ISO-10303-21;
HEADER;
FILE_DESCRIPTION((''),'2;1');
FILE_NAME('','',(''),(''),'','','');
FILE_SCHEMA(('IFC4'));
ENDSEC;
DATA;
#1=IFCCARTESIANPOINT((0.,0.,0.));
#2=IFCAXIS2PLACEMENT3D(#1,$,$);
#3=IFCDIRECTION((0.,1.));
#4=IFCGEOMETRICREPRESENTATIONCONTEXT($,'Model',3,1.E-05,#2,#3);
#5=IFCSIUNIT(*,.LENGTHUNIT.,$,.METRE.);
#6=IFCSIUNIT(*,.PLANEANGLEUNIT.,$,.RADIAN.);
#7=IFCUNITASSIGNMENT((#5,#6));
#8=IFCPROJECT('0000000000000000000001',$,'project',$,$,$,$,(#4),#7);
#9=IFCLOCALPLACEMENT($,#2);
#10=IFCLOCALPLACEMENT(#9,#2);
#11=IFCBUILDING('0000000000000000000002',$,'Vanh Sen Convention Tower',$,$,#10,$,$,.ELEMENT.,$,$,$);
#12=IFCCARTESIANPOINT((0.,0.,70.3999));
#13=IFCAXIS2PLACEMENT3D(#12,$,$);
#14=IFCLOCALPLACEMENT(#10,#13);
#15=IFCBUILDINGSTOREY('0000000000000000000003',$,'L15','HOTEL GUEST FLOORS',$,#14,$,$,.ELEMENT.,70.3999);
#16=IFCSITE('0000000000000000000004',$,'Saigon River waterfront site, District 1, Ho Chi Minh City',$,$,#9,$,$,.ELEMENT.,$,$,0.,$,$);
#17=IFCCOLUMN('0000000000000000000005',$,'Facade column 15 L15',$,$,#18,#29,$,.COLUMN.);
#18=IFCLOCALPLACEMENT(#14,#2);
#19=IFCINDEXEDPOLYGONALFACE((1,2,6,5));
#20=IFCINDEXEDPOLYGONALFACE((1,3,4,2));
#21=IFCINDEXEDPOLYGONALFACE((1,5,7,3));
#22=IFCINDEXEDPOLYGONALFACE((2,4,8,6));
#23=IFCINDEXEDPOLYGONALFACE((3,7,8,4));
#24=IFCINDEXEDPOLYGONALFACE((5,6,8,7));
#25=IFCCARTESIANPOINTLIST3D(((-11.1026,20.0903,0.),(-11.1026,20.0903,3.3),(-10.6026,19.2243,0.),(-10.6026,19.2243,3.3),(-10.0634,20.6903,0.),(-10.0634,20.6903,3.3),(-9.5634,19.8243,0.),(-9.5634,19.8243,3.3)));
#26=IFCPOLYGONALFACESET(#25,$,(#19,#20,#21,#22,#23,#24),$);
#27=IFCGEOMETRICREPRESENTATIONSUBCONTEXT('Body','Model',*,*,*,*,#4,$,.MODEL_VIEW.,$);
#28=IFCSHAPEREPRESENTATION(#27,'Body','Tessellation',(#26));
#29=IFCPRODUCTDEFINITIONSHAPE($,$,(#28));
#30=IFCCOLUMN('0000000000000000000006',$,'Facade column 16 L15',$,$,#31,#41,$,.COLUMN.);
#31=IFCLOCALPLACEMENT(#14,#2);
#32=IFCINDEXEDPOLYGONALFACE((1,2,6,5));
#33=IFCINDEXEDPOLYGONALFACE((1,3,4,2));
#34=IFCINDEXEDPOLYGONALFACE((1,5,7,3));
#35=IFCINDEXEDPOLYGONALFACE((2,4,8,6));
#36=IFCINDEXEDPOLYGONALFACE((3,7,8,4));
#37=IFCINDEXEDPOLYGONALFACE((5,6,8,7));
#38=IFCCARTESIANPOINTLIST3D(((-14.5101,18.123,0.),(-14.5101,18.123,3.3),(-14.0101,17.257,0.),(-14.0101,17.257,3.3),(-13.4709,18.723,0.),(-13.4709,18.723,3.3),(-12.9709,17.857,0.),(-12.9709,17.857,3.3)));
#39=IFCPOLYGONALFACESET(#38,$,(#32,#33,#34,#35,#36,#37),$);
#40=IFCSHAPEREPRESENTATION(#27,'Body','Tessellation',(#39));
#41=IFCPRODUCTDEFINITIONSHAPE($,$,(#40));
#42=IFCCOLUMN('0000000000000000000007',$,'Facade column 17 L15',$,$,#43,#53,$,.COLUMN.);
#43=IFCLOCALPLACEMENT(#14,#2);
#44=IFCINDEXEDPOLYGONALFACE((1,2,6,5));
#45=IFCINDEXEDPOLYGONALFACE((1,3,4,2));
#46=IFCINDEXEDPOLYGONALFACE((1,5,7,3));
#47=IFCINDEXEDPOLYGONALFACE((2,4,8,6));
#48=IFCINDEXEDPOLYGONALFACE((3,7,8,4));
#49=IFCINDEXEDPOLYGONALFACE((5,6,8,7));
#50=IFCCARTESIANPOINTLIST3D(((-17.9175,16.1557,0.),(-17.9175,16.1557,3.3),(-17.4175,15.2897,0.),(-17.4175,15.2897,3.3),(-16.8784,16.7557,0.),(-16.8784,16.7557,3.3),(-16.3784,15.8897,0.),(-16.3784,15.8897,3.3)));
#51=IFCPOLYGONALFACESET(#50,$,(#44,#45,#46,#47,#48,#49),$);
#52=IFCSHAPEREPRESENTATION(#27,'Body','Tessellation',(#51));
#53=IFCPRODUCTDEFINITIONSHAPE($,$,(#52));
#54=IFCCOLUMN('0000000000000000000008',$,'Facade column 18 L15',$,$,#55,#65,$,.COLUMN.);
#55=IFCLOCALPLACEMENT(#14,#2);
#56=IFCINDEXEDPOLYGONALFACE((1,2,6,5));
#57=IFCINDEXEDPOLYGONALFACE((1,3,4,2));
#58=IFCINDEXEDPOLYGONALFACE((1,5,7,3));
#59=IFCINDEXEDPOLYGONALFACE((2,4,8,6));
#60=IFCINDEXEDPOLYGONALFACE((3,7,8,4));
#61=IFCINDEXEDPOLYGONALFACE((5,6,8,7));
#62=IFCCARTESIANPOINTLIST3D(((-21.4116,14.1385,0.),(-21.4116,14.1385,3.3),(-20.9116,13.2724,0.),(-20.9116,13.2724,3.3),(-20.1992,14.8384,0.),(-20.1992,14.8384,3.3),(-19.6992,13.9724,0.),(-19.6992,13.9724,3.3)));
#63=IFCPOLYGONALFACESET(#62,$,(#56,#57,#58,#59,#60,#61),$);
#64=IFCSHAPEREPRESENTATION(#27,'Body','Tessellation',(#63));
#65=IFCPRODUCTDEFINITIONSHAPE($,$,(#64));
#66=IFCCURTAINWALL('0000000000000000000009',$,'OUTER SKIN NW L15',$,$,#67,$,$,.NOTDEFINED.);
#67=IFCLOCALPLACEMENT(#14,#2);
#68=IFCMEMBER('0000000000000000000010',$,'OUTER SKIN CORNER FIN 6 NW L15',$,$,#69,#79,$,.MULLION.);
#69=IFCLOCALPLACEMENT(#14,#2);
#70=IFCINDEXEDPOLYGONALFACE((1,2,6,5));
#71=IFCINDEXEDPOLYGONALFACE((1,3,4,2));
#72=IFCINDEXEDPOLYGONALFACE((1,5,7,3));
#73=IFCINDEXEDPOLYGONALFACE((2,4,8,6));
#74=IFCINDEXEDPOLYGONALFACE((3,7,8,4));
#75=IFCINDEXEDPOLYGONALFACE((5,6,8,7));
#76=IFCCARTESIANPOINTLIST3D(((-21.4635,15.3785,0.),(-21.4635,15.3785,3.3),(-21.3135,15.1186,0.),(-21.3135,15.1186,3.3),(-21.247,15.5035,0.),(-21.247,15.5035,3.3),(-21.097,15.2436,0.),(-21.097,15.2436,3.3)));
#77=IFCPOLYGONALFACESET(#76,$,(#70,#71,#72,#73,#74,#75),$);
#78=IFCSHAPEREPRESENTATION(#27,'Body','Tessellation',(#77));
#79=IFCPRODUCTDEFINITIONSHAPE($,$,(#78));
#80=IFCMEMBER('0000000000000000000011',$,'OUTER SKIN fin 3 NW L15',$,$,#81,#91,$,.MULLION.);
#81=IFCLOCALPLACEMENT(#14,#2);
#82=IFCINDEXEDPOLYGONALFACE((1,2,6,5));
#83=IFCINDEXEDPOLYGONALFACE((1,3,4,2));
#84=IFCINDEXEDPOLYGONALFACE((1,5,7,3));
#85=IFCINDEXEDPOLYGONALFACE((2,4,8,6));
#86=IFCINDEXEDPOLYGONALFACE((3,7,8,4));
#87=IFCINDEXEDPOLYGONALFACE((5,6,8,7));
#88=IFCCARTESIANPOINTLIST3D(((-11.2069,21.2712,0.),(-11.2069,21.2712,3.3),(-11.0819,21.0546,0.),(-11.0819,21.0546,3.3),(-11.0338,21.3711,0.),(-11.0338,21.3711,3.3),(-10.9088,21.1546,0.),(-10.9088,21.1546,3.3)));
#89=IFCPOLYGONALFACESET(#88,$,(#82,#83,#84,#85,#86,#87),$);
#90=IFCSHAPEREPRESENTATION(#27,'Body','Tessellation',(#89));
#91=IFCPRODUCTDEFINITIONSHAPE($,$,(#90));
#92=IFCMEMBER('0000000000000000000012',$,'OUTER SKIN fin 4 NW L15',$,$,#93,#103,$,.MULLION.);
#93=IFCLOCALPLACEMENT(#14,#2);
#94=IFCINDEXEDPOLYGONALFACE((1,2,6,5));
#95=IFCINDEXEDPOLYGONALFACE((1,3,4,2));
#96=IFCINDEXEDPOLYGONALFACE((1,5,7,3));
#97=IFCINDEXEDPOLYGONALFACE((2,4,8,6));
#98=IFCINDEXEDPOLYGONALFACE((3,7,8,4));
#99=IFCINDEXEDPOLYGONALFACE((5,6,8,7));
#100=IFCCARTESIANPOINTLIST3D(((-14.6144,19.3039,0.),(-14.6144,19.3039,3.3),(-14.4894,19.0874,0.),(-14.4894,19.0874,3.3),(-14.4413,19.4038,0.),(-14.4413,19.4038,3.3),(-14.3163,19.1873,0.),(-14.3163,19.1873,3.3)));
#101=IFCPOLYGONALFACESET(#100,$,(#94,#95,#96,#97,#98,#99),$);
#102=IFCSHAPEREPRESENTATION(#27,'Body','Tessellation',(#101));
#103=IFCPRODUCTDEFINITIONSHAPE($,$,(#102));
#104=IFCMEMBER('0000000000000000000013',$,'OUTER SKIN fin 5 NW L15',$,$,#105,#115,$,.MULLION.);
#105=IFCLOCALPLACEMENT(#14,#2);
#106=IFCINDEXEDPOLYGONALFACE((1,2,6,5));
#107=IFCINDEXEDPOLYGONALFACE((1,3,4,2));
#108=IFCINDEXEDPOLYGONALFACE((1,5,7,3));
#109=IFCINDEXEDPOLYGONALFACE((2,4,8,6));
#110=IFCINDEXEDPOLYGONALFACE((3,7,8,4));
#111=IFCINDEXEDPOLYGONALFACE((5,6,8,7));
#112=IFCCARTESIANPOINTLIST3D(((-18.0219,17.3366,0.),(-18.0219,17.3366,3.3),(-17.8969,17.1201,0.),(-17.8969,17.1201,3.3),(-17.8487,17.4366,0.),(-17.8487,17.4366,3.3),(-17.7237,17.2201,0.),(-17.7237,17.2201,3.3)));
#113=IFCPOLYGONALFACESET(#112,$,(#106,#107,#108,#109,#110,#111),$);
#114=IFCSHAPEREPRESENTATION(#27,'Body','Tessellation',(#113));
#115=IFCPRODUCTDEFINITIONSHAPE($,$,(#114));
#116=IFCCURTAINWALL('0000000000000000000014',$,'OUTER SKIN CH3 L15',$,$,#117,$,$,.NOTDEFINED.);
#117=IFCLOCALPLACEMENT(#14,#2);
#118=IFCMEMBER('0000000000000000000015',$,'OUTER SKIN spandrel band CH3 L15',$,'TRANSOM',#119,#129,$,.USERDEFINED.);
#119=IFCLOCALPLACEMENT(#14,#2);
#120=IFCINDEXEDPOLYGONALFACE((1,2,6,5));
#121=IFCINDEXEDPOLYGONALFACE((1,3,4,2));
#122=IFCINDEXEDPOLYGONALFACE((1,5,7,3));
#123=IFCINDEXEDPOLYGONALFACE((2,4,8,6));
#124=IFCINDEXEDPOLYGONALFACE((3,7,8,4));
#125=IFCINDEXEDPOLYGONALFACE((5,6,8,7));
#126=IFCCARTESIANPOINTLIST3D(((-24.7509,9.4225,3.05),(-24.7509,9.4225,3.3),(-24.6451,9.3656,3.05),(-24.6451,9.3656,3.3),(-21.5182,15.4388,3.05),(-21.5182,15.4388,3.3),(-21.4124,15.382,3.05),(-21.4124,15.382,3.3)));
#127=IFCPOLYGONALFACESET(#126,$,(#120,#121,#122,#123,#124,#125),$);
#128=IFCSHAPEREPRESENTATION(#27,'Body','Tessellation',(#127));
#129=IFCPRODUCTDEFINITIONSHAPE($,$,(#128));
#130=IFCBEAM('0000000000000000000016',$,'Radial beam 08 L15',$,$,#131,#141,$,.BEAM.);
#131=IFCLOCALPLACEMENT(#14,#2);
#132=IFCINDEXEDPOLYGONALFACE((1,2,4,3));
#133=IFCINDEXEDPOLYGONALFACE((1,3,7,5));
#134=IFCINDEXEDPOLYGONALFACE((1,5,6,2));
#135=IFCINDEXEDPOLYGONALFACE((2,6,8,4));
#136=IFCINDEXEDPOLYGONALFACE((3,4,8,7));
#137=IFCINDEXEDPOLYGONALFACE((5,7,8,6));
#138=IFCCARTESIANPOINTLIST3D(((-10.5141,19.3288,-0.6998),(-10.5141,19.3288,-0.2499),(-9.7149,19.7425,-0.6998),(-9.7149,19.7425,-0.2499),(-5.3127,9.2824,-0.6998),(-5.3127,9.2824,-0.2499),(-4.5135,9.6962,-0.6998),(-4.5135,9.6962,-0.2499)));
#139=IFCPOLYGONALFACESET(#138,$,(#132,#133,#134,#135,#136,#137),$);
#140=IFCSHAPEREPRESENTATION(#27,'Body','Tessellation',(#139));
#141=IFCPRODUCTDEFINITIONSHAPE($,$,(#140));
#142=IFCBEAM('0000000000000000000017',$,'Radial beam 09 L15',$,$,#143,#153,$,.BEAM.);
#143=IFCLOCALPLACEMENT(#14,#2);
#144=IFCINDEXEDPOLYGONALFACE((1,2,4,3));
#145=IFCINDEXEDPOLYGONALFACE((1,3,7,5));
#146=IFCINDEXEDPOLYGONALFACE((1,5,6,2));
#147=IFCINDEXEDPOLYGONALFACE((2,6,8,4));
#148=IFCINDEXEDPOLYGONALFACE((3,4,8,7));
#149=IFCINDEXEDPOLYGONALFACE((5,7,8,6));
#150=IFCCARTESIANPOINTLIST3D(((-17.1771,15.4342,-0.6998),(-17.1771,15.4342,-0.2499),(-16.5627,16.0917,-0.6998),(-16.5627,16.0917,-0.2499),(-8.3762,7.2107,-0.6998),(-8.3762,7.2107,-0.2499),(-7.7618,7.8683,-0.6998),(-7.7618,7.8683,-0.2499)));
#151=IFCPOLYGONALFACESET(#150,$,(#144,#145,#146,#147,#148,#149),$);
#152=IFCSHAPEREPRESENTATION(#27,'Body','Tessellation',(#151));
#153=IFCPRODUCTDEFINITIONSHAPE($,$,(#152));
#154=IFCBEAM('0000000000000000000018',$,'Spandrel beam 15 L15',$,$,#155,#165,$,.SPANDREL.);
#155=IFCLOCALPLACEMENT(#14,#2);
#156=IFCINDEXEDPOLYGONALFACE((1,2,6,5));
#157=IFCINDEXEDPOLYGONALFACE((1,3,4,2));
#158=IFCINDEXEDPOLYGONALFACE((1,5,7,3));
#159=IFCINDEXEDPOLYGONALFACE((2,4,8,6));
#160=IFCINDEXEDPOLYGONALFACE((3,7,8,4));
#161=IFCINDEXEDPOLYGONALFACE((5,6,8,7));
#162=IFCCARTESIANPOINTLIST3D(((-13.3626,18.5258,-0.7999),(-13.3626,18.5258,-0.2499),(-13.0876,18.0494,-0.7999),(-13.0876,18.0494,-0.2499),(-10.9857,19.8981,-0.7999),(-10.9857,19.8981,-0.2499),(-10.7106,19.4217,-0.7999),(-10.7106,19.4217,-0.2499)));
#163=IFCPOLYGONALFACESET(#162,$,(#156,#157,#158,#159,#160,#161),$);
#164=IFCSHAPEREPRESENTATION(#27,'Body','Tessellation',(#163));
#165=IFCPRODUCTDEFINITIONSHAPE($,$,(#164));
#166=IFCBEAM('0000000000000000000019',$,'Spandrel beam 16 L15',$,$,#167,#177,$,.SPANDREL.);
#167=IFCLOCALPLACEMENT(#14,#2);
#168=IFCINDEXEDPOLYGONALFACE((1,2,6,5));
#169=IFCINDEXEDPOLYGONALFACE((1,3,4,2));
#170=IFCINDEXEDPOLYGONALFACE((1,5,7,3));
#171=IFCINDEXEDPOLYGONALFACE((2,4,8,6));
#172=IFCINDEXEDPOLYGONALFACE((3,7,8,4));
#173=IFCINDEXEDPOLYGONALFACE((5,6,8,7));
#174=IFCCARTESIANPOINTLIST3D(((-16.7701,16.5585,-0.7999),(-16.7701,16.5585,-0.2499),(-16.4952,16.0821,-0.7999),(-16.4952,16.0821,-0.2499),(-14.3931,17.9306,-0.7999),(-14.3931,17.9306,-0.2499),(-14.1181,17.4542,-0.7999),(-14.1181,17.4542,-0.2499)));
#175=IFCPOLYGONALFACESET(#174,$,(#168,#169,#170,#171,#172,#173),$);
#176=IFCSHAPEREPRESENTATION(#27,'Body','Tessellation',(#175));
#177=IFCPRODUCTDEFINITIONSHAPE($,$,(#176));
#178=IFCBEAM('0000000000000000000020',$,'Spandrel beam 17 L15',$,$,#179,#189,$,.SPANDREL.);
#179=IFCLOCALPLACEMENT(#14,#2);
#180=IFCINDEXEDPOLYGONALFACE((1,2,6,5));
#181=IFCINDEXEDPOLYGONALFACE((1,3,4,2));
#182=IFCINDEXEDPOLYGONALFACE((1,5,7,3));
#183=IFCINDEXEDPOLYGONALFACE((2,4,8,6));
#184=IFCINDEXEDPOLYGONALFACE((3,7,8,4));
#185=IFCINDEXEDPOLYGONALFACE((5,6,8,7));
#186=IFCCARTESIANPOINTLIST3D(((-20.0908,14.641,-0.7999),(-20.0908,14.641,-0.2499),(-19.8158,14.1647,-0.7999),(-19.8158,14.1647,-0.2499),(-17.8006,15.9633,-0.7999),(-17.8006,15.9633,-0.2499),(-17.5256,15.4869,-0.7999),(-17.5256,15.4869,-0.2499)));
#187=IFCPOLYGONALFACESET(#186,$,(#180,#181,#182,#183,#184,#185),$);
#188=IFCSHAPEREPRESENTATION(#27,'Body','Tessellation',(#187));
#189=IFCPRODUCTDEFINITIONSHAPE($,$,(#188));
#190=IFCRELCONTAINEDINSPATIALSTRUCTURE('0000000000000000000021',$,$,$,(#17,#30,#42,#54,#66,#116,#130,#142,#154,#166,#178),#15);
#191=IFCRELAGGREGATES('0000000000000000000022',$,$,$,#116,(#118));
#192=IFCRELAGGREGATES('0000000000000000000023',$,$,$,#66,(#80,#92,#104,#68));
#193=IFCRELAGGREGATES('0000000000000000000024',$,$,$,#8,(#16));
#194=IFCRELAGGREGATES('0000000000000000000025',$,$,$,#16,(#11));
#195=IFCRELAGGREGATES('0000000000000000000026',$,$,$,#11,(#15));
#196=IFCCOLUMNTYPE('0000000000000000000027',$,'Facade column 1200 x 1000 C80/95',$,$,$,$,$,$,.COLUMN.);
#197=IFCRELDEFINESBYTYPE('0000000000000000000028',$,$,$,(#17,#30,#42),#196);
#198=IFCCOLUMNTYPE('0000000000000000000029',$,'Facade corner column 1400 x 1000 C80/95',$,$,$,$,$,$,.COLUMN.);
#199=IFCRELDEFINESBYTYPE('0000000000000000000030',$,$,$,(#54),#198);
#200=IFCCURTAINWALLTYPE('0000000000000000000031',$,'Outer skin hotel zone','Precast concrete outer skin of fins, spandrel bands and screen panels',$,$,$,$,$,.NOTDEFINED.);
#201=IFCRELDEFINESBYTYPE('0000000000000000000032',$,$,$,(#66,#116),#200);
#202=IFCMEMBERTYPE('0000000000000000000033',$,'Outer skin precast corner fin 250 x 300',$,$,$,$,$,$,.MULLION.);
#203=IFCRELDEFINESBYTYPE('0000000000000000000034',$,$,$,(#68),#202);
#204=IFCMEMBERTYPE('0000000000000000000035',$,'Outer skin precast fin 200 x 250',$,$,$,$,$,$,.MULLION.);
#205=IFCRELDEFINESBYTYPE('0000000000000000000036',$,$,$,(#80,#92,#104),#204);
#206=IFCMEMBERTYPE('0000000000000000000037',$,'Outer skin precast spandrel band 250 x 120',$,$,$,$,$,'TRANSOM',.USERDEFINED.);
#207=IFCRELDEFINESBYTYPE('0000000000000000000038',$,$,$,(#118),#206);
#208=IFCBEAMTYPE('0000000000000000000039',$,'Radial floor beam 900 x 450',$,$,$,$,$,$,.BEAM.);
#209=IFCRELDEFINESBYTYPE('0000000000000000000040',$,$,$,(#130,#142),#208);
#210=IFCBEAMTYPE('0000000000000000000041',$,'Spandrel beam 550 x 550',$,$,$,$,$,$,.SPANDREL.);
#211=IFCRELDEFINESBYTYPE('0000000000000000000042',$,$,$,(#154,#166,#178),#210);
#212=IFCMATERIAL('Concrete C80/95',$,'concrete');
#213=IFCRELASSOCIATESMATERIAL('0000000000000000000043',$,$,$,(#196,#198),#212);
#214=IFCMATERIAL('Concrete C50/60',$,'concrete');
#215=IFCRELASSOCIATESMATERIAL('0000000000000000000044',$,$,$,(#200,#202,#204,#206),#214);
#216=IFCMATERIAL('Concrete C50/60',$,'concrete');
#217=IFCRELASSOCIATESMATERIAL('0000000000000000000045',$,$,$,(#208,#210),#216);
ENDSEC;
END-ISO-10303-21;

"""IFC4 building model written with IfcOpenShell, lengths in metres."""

from ifc_helpers import new_model, si_unit, direction, frame, origin, origin_2d, place, context, subcontext, project, spatial, rectangle, extrude, material, material_profile, profile_set, type_object, element, aggregate, save


model = new_model("IFC4")

# Units and contexts
model_context = context("Model", 3, precision=1e-05, world=origin(), true_north=direction((0.0, 1.0)))
body_context = subcontext(model_context, "Body", "Model", "MODEL_VIEW")
ifc_project = project(units=[si_unit("LENGTHUNIT", "METRE"), si_unit("PLANEANGLEUNIT", "RADIAN")], contexts=[model_context])

# Site, building, storey
site_placement = place(None, origin())
site = spatial("IfcSite", under=ifc_project, at=site_placement, Name="Saigon River waterfront site, District 1, Ho Chi Minh City", CompositionType="ELEMENT", RefElevation=0.0)
building_placement = place(site_placement, origin())
building = spatial("IfcBuilding", under=site, at=building_placement, Name="Vanh Sen Convention Tower", CompositionType="ELEMENT")
storey_placement = place(building_placement, frame((0.0, 0.0, 70.3999)))
storey = spatial("IfcBuildingStorey", under=building, at=storey_placement, Name="L15", Description="HOTEL GUEST FLOORS", CompositionType="ELEMENT", Elevation=70.3999)

# Columns
ifc_material_1 = material(Name="Concrete C80/95", Category="concrete")
ifc_material_profile_1 = material_profile(ifc_material_1, rectangle(XDim=1.2, YDim=1.0, at=origin_2d()), Name="RC 1200X1000")
ifc_profile_set_1 = profile_set([ifc_material_profile_1], Name="Concrete C80/95")
column_type_1 = type_object("IfcColumnType", Name="Facade column 1200 x 1000 C80/95", PredefinedType="COLUMN", material=ifc_profile_set_1)
for number, where, z_axis, x_axis, name in (
    (1, (-10.333, 19.9573, 0.0), (0.0, 0.0, 1.0), (-0.866025, -0.5, 0.0), "Facade column 15 L15"),
    (2, (-13.7405, 17.99, 0.0), (0.0, 0.0, 1.0), (-0.866025, -0.5, 0.0), "Facade column 16 L15"),
    (3, (-17.1479, 16.0227, 0.0), (0.0, 0.0, 1.0), (-0.866025, -0.5, 0.0), "Facade column 17 L15"),
):
    element("IfcColumn", number, at=place(storey_placement, frame(where, z_axis=z_axis, x_axis=x_axis)), inside=storey, type_object=column_type_1, Name=name, PredefinedType="COLUMN", context=body_context, shape_type="SweptSolid", body=[
        extrude(rectangle(XDim=1.2, YDim=1.0, at=origin_2d()), origin(), (0.0, 0.0, 1.0), 3.3),
    ])
ifc_material_profile_2 = material_profile(ifc_material_1, rectangle(XDim=1.3999, YDim=1.0, at=origin_2d()), Name="RC 1400X1000")
ifc_profile_set_2 = profile_set([ifc_material_profile_2], Name="Concrete C80/95")
column_type_2 = type_object("IfcColumnType", Name="Facade corner column 1400 x 1000 C80/95", PredefinedType="COLUMN", material=ifc_profile_set_2)
column_placement = place(storey_placement, frame((-20.5554, 14.0554, 0.0), z_axis=(0.0, 0.0, 1.0), x_axis=(-0.866025, -0.5, 0.0)))
element("IfcColumn", 4, at=column_placement, inside=storey, type_object=column_type_2, Name="Facade column 18 L15", PredefinedType="COLUMN", context=body_context, shape_type="SweptSolid", body=[
    extrude(rectangle(XDim=1.3999, YDim=1.0, at=origin_2d()), origin(), (0.0, 0.0, 1.0), 3.3),
])

# Curtain wall, members
ifc_material_2 = material(Name="Concrete C50/60", Category="concrete")
curtain_wall_type = type_object("IfcCurtainWallType", Name="Outer skin hotel zone", Description="Precast concrete outer skin of fins, spandrel bands and screen panels", PredefinedType="NOTDEFINED", material=ifc_material_2)
curtain_wall_1_placement = place(storey_placement, origin())
curtain_wall_1 = element("IfcCurtainWall", 5, at=curtain_wall_1_placement, inside=storey, type_object=curtain_wall_type, Name="OUTER SKIN NW L15", PredefinedType="NOTDEFINED")
ifc_material_profile_3 = material_profile(ifc_material_2, rectangle(XDim=0.25, YDim=0.3, at=origin_2d()), Name="Outer skin precast corner fin 250 x 300")
ifc_profile_set_3 = profile_set([ifc_material_profile_3], Name="Concrete C50/60")
member_type_1 = type_object("IfcMemberType", Name="Outer skin precast corner fin 250 x 300", PredefinedType="MULLION", material=ifc_profile_set_3)
member_1_placement = place(storey_placement, frame((-21.2803, 15.311, 0.0), z_axis=(0.0, 0.0, 1.0), x_axis=(-0.866025, -0.5, 0.0)))
member_1 = element("IfcMember", 6, at=member_1_placement, type_object=member_type_1, Name="OUTER SKIN CORNER FIN 6 NW L15", PredefinedType="MULLION", context=body_context, shape_type="SweptSolid", body=[
    extrude(rectangle(XDim=0.25, YDim=0.3, at=origin_2d()), origin(), (0.0, 0.0, 1.0), 3.3),
])
ifc_material_profile_4 = material_profile(ifc_material_2, rectangle(XDim=0.2, YDim=0.25, at=origin_2d()), Name="Outer skin precast fin 200 x 250")
ifc_profile_set_4 = profile_set([ifc_material_profile_4], Name="Concrete C50/60")
member_type_2 = type_object("IfcMemberType", Name="Outer skin precast fin 200 x 250", PredefinedType="MULLION", material=ifc_profile_set_4)
member_2_placement = place(storey_placement, frame((-11.0579, 21.2129, 0.0), z_axis=(0.0, 0.0, 1.0), x_axis=(-0.866025, -0.5, 0.0)))
member_2 = element("IfcMember", 7, at=member_2_placement, type_object=member_type_2, Name="OUTER SKIN fin 3 NW L15", PredefinedType="MULLION", context=body_context, shape_type="SweptSolid", body=[
    extrude(rectangle(XDim=0.2, YDim=0.25, at=origin_2d()), origin(), (0.0, 0.0, 1.0), 3.3),
])
member_3_placement = place(storey_placement, frame((-14.4653, 19.2456, 0.0), z_axis=(0.0, 0.0, 1.0), x_axis=(-0.866025, -0.5, 0.0)))
member_3 = element("IfcMember", 8, at=member_3_placement, type_object=member_type_2, Name="OUTER SKIN fin 4 NW L15", PredefinedType="MULLION", context=body_context, shape_type="SweptSolid", body=[
    extrude(rectangle(XDim=0.2, YDim=0.25, at=origin_2d()), origin(), (0.0, 0.0, 1.0), 3.3),
])
member_4_placement = place(storey_placement, frame((-17.8728, 17.2783, 0.0), z_axis=(0.0, 0.0, 1.0), x_axis=(-0.866025, -0.5, 0.0)))
member_4 = element("IfcMember", 9, at=member_4_placement, type_object=member_type_2, Name="OUTER SKIN fin 5 NW L15", PredefinedType="MULLION", context=body_context, shape_type="SweptSolid", body=[
    extrude(rectangle(XDim=0.2, YDim=0.25, at=origin_2d()), origin(), (0.0, 0.0, 1.0), 3.3),
])

# Curtain wall, member
curtain_wall_2_placement = place(storey_placement, origin())
curtain_wall_2 = element("IfcCurtainWall", 10, at=curtain_wall_2_placement, inside=storey, type_object=curtain_wall_type, Name="OUTER SKIN CH3 L15", PredefinedType="NOTDEFINED")
ifc_material_profile_5 = material_profile(ifc_material_2, rectangle(XDim=0.1201, YDim=0.25, at=origin_2d()), Name="Outer skin precast spandrel band 250 x 120")
ifc_profile_set_5 = profile_set([ifc_material_profile_5], Name="Concrete C50/60")
member_type_3 = type_object("IfcMemberType", Name="Outer skin precast spandrel band 250 x 120", ElementType="TRANSOM", PredefinedType="USERDEFINED", material=ifc_profile_set_5)
member_5_placement = place(storey_placement, frame((-21.4653, 15.4104, 3.175), z_axis=(-0.473315, -0.880893, 0.0), x_axis=(0.880893, -0.473315, 0.0)))
member_5 = element("IfcMember", 11, at=member_5_placement, type_object=member_type_3, Name="OUTER SKIN spandrel band CH3 L15", ObjectType="TRANSOM", PredefinedType="USERDEFINED", context=body_context, shape_type="SweptSolid", body=[
    extrude(rectangle(XDim=0.1201, YDim=0.25, at=origin_2d()), origin(), (0.0, 0.0, 1.0), 6.8298),
])
aggregate(curtain_wall_2, [member_5])

# Beams
ifc_material_3 = material(Name="Concrete C50/60", Category="concrete")
ifc_material_profile_6 = material_profile(ifc_material_3, rectangle(XDim=0.8999, YDim=0.45, at=origin_2d()), Name="RC 900X450")
ifc_profile_set_6 = profile_set([ifc_material_profile_6], Name="Concrete C50/60")
beam_type_1 = type_object("IfcBeamType", Name="Radial floor beam 900 x 450", PredefinedType="BEAM", material=ifc_profile_set_6)
beam_1_placement = place(storey_placement, frame((-10.1145, 19.5356, -0.4749), z_axis=(0.459772, -0.888037, 0.0), x_axis=(0.888037, 0.459772, 0.0)))
element("IfcBeam", 12, at=beam_1_placement, inside=storey, type_object=beam_type_1, Name="Radial beam 08 L15", PredefinedType="BEAM", context=body_context, shape_type="SweptSolid", body=[
    extrude(rectangle(XDim=0.8999, YDim=0.45, at=origin_2d()), origin(), (0.0, 0.0, 1.0), 11.313),
])
beam_2_placement = place(storey_placement, frame((-16.8699, 15.7629, -0.4749), z_axis=(0.730669, -0.682732, 0.0), x_axis=(0.682732, 0.730669, 0.0)))
element("IfcBeam", 13, at=beam_2_placement, inside=storey, type_object=beam_type_1, Name="Radial beam 09 L15", PredefinedType="BEAM", context=body_context, shape_type="SweptSolid", body=[
    extrude(rectangle(XDim=0.8999, YDim=0.45, at=origin_2d()), origin(), (0.0, 0.0, 1.0), 12.0449),
])
ifc_material_profile_7 = material_profile(ifc_material_3, rectangle(XDim=0.55, YDim=0.55, at=origin_2d()), Name="RC 550X550")
ifc_profile_set_7 = profile_set([ifc_material_profile_7], Name="Concrete C50/60")
beam_type_2 = type_object("IfcBeamType", Name="Spandrel beam 550 x 550", PredefinedType="SPANDREL", material=ifc_profile_set_7)
for number, where, z_axis, x_axis, name in (
    (14, (-10.8481, 19.6599, -0.5249), (-0.866029, -0.499995, 0.0), (0.499995, -0.866029, 0.0), "Spandrel beam 15 L15"),
    (15, (-14.2556, 17.6924, -0.5249), (-0.866067, -0.499928, 0.0), (0.499928, -0.866067, 0.0), "Spandrel beam 16 L15"),
):
    element("IfcBeam", number, at=place(storey_placement, frame(where, z_axis=z_axis, x_axis=x_axis)), inside=storey, type_object=beam_type_2, Name=name, PredefinedType="SPANDREL", context=body_context, shape_type="SweptSolid", body=[
        extrude(rectangle(XDim=0.55, YDim=0.55, at=origin_2d()), origin(), (0.0, 0.0, 1.0), 2.7446),
    ])
beam_3_placement = place(storey_placement, frame((-17.6631, 15.7251, -0.5249), z_axis=(-0.86603, -0.499991, 0.0), x_axis=(0.499991, -0.86603, 0.0)))
element("IfcBeam", 16, at=beam_3_placement, inside=storey, type_object=beam_type_2, Name="Spandrel beam 17 L15", PredefinedType="SPANDREL", context=body_context, shape_type="SweptSolid", body=[
    extrude(rectangle(XDim=0.55, YDim=0.55, at=origin_2d()), origin(), (0.0, 0.0, 1.0), 2.6445),
])

aggregate(curtain_wall_1, [member_2, member_3, member_4, member_1])

save(model, "model.ifc")
